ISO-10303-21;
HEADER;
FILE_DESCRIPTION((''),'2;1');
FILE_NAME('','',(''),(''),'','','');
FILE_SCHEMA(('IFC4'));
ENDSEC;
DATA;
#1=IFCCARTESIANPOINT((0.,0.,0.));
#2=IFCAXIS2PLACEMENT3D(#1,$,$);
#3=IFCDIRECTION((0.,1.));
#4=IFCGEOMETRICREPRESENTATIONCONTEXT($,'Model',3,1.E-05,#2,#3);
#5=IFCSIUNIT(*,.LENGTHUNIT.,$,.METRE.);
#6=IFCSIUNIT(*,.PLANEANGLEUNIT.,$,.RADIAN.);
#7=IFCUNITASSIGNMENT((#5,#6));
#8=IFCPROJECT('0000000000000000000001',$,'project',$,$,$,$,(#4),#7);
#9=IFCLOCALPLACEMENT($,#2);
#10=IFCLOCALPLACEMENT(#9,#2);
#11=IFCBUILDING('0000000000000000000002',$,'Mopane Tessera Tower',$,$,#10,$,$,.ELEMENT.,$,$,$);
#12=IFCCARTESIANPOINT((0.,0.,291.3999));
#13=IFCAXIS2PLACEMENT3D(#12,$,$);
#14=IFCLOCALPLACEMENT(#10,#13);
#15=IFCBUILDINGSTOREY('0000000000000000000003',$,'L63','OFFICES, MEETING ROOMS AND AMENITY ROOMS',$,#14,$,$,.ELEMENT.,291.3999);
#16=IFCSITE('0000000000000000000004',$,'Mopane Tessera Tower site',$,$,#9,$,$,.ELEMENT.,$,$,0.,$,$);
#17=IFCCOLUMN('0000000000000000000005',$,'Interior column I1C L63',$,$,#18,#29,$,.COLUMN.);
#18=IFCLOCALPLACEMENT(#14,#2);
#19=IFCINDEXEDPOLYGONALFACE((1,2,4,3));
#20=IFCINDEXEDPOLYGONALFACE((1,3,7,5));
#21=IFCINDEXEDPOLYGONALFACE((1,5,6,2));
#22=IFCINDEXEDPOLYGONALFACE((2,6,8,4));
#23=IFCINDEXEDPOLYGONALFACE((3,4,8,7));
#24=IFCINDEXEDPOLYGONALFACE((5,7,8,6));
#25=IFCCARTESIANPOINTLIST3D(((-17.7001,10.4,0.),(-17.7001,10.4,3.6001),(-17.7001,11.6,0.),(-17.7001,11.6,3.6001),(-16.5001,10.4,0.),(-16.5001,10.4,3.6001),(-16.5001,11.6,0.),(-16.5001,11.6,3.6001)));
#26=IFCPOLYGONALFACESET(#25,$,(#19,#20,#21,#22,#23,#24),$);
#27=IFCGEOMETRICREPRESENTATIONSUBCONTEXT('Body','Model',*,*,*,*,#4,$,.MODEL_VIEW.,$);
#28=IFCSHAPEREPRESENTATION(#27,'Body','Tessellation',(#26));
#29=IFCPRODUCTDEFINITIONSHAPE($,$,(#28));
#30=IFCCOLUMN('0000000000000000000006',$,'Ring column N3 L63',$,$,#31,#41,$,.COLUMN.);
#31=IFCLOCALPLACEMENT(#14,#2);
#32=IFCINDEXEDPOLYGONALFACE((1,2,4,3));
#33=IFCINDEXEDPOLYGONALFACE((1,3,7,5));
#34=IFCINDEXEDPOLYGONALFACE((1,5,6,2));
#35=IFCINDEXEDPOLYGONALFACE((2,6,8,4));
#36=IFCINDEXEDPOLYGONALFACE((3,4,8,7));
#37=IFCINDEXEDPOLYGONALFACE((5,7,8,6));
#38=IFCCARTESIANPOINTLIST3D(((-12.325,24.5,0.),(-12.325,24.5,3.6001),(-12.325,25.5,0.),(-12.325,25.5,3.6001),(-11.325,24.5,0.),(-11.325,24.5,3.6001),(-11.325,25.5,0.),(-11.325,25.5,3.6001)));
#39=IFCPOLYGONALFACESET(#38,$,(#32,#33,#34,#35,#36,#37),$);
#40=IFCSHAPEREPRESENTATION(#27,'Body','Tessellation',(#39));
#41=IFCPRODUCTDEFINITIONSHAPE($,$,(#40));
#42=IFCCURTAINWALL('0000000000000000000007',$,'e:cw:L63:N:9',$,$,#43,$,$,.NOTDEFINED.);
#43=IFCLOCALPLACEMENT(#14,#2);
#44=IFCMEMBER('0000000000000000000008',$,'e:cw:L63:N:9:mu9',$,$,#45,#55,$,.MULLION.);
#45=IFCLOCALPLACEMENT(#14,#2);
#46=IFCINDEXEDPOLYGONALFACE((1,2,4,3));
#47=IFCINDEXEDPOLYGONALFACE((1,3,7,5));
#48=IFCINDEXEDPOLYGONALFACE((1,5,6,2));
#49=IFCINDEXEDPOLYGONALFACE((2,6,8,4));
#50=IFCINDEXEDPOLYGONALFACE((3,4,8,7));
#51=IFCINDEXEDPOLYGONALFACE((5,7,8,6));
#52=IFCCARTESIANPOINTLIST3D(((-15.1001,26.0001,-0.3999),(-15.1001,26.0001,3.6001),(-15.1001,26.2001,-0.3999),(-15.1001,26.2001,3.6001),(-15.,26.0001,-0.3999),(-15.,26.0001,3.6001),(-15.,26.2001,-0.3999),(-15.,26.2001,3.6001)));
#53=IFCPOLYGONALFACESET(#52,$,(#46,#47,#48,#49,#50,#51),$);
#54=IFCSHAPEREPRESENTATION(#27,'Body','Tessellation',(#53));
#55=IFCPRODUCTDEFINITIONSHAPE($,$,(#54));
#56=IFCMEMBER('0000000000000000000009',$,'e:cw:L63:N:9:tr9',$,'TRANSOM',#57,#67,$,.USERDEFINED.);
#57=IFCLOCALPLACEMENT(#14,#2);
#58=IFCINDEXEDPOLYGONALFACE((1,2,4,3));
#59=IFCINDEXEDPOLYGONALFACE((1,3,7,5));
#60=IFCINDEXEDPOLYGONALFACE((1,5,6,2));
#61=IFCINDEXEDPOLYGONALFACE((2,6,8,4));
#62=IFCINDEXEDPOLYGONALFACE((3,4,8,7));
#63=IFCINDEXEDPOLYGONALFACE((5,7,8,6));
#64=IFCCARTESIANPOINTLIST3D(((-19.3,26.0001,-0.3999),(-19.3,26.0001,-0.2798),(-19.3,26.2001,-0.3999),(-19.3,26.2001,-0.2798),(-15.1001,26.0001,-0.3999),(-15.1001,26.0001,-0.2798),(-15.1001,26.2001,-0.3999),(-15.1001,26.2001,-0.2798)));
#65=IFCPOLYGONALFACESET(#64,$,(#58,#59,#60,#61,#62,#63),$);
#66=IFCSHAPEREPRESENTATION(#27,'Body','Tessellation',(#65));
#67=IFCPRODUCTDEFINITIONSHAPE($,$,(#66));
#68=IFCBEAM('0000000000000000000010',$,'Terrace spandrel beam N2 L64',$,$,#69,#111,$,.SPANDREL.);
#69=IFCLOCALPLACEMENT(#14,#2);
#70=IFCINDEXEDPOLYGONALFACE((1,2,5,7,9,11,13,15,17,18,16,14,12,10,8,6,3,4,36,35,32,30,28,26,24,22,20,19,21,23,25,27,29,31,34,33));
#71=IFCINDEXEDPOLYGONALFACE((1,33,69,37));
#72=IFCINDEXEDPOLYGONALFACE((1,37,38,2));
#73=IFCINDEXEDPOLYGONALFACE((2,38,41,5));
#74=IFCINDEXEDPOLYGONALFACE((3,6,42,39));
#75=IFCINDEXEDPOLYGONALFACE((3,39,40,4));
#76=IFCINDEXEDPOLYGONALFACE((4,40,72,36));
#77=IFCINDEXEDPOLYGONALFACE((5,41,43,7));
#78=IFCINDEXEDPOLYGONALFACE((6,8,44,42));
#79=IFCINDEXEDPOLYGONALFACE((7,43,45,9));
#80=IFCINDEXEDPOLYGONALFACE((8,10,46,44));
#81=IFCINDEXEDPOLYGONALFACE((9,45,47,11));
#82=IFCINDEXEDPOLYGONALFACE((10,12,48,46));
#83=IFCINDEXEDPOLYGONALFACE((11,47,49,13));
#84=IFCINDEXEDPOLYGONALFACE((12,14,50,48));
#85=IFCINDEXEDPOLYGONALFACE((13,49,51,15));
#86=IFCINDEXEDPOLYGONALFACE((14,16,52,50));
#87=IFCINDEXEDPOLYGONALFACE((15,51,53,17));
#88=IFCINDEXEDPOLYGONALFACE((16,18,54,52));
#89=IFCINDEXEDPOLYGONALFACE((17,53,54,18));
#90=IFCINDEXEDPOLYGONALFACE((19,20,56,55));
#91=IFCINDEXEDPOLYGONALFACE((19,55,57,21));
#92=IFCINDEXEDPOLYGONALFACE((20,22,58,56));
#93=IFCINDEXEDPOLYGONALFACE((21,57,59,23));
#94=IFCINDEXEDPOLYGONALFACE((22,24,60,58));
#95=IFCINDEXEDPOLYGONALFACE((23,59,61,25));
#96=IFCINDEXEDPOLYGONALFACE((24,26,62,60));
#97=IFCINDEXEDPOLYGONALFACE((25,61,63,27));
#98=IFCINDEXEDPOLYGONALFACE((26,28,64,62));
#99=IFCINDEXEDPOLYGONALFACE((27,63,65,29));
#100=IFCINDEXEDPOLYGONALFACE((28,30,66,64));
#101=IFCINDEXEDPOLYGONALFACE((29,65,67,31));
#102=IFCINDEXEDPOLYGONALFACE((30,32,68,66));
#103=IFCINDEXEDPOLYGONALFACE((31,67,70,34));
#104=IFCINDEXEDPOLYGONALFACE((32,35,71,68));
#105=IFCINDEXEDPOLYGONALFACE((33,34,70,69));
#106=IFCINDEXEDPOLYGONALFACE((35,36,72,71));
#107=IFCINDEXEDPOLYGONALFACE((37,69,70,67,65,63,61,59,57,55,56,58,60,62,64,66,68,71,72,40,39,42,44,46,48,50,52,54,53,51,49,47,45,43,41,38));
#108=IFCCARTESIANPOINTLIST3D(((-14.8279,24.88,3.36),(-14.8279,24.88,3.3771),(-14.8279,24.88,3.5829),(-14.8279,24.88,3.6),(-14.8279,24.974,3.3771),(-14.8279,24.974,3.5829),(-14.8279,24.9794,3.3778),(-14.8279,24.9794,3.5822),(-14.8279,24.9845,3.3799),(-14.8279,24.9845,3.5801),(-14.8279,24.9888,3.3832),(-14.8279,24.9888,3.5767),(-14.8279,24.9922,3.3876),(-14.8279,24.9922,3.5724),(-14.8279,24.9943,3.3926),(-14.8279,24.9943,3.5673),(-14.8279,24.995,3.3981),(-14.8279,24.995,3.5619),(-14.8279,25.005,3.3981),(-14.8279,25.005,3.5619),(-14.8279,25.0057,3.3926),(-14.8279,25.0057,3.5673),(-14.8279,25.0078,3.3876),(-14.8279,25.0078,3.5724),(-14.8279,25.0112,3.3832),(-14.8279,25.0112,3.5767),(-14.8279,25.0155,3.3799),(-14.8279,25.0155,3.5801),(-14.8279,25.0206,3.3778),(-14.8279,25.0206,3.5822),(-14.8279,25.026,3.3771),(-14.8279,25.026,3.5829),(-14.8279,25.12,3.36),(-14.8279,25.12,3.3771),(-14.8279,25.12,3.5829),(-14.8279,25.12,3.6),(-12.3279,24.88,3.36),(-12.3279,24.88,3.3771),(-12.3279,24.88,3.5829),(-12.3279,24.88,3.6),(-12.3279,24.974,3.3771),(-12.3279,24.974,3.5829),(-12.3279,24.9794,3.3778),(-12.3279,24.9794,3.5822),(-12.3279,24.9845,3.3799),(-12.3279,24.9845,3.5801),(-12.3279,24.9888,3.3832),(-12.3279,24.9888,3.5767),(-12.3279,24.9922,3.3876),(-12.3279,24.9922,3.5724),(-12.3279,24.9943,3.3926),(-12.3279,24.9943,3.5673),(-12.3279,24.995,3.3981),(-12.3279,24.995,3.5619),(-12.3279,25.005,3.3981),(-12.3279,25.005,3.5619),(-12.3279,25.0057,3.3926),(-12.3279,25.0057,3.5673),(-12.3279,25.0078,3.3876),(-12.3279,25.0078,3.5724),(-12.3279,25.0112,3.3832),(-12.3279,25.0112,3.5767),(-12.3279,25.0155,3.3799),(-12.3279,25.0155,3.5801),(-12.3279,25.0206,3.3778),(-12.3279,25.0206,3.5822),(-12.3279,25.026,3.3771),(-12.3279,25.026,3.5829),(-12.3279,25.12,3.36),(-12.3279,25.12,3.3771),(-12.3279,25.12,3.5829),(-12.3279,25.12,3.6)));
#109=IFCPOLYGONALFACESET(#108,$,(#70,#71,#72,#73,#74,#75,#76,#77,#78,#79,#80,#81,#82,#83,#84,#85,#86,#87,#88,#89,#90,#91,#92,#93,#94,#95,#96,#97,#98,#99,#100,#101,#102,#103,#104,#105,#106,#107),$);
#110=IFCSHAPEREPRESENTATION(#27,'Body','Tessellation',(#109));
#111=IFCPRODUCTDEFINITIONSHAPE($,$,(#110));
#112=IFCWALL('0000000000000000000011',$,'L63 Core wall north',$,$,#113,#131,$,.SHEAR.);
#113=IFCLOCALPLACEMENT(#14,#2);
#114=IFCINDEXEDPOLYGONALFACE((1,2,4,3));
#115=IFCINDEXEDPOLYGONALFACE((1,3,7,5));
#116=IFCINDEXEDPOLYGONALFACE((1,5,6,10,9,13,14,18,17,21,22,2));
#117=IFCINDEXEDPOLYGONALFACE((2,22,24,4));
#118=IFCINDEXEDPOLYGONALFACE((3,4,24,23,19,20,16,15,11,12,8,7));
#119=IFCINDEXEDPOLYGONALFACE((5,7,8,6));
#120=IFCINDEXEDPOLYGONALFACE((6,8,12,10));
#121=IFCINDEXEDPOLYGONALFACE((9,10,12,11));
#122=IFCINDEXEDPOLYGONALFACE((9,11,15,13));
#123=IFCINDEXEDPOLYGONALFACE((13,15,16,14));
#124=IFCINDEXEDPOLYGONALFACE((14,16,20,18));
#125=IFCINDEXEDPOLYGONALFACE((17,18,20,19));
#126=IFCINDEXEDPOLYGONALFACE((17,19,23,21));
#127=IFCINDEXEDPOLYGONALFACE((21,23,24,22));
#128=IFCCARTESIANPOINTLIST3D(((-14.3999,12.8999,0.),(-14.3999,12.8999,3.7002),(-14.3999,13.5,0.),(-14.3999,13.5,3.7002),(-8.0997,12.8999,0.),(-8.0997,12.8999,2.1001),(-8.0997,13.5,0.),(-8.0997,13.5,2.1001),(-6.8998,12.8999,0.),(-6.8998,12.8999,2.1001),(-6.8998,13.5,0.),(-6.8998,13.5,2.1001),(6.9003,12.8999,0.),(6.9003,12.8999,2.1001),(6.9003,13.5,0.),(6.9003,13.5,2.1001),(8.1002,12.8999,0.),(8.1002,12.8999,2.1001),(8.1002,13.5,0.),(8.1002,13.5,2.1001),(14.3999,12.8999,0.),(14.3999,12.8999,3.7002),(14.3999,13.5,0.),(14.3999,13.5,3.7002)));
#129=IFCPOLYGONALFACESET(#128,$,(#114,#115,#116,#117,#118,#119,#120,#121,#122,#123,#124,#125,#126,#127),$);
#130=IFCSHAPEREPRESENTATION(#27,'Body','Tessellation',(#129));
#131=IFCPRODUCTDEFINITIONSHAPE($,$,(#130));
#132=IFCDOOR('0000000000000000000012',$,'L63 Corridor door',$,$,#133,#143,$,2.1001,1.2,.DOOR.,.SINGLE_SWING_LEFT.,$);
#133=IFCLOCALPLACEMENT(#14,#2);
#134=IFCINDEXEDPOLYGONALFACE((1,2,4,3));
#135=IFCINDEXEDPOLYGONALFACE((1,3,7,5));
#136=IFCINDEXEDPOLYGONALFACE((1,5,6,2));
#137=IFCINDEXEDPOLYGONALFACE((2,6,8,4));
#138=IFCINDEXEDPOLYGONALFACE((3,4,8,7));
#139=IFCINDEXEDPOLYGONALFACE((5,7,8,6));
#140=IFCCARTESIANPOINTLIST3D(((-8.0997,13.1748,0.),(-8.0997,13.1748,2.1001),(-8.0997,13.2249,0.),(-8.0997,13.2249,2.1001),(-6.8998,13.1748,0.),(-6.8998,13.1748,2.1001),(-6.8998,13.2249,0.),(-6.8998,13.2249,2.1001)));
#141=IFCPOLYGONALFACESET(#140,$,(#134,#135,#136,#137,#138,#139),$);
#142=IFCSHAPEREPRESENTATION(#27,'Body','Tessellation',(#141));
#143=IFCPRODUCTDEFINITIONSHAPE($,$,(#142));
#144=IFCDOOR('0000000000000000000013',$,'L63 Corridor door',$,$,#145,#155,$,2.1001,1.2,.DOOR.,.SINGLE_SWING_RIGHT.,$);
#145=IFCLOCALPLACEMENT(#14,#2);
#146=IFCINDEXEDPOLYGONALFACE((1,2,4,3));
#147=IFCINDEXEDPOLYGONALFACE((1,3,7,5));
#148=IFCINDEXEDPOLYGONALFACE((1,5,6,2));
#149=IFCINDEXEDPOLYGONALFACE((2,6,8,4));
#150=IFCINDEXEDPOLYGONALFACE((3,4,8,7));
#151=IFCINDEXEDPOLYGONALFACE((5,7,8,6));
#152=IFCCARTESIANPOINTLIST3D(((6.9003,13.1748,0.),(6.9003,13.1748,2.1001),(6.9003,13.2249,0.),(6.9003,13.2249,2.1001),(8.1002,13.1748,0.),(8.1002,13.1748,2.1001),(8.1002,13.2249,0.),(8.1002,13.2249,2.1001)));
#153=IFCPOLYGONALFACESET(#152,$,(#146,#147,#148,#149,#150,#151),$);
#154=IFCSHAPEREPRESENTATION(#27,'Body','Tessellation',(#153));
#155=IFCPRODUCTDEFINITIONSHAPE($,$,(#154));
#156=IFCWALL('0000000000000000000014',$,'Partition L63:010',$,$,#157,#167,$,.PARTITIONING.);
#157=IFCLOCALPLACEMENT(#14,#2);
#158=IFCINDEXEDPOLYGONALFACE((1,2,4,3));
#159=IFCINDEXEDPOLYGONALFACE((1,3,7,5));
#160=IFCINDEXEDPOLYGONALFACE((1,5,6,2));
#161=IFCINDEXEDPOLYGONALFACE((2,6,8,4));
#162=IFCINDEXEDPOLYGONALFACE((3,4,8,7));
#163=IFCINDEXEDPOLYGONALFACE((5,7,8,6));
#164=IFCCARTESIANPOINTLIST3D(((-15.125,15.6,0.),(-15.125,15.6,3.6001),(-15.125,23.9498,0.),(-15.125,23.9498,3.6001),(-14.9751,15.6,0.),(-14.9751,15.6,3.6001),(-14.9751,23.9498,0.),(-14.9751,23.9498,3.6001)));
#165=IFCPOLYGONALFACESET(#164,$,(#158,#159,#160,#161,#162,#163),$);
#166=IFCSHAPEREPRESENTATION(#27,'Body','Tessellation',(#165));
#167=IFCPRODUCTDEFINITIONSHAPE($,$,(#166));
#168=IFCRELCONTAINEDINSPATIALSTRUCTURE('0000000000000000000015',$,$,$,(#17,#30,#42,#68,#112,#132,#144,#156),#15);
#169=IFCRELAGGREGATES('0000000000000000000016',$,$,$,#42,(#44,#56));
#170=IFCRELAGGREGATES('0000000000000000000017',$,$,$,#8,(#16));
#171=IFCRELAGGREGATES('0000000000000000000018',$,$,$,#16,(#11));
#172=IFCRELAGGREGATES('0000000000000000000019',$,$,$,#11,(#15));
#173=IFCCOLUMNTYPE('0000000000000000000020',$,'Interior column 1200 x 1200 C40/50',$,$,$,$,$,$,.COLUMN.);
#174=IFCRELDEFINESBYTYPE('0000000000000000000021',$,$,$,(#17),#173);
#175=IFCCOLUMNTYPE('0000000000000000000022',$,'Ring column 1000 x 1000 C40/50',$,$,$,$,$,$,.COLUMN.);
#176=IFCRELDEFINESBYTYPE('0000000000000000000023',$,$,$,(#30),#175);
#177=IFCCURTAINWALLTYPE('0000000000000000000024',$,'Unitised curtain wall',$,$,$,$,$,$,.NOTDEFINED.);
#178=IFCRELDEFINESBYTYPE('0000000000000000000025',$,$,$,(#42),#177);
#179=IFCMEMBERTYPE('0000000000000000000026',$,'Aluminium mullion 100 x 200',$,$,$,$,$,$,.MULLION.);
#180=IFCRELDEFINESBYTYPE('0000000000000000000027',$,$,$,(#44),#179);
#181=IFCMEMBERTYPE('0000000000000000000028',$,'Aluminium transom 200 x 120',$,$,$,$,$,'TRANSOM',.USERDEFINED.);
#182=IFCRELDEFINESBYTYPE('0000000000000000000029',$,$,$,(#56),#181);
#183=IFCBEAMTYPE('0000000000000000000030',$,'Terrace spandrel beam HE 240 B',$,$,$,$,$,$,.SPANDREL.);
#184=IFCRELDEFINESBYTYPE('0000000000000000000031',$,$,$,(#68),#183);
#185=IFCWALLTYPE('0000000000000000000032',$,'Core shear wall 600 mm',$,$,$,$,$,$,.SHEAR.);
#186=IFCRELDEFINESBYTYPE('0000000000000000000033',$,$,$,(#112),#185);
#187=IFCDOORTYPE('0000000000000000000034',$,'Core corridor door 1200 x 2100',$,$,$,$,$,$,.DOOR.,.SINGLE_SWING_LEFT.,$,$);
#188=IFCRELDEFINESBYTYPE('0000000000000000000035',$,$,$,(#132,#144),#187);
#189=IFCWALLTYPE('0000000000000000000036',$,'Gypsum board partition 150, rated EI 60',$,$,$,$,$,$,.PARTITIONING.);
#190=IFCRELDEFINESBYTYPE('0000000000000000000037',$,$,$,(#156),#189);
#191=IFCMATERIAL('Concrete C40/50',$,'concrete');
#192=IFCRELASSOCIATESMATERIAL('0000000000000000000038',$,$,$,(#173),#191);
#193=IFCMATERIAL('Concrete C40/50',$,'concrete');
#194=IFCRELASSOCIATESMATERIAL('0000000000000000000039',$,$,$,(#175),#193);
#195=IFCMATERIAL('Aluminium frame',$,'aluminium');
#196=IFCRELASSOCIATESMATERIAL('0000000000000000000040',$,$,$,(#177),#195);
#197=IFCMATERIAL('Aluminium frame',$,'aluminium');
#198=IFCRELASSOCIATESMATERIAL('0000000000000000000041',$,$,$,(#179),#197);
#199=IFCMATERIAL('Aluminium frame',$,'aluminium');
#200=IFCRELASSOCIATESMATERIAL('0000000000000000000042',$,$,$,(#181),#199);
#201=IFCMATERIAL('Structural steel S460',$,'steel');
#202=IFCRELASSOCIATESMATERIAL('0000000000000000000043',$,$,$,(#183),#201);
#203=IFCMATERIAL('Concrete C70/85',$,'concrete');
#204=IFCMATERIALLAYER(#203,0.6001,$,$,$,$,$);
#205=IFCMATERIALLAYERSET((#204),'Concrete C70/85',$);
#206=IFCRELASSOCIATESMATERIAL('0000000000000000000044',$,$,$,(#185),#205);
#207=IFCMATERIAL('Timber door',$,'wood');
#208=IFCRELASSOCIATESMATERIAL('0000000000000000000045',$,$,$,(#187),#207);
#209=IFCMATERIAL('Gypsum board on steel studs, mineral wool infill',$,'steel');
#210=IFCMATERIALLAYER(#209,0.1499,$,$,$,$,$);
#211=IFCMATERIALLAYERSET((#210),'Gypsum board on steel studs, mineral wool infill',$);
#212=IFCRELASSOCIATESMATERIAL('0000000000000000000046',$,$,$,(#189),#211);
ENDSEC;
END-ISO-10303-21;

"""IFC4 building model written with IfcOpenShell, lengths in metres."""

from ifc_helpers import new_model, si_unit, direction, frame, frame_2d, origin, origin_2d, place, context, subcontext, project, spatial, rectangle, i_section, extrude, material, layer, layer_set, material_profile, profile_set, type_object, element, fill, aggregate, save


model = new_model("IFC4")

# Units and contexts
model_context = context("Model", 3, precision=1e-05, world=origin(), true_north=direction((0.0, 1.0)))
body_context = subcontext(model_context, "Body", "Model", "MODEL_VIEW")
ifc_project = project(units=[si_unit("LENGTHUNIT", "METRE"), si_unit("PLANEANGLEUNIT", "RADIAN")], contexts=[model_context])

# Site, building, storey
site_placement = place(None, origin())
site = spatial("IfcSite", under=ifc_project, at=site_placement, Name="Mopane Tessera Tower site", CompositionType="ELEMENT", RefElevation=0.0)
building_placement = place(site_placement, origin())
building = spatial("IfcBuilding", under=site, at=building_placement, Name="Mopane Tessera Tower", CompositionType="ELEMENT")
storey_placement = place(building_placement, frame((0.0, 0.0, 291.3999)))
storey = spatial("IfcBuildingStorey", under=building, at=storey_placement, Name="L63", Description="OFFICES, MEETING ROOMS AND AMENITY ROOMS", CompositionType="ELEMENT", Elevation=291.3999)

# Columns
ifc_material_1 = material(Name="Concrete C40/50", Category="concrete")
ifc_material_profile_1 = material_profile(ifc_material_1, rectangle(XDim=1.2, YDim=1.2, at=origin_2d()))
ifc_profile_set_1 = profile_set([ifc_material_profile_1], Name="Concrete C40/50")
column_type_1 = type_object("IfcColumnType", Name="Interior column 1200 x 1200 C40/50", PredefinedType="COLUMN", material=ifc_profile_set_1)
column_1_placement = place(storey_placement, frame((-17.1001, 11.0, 0.0), z_axis=(0.0, 0.0, 1.0), x_axis=(1.0, 0.0, 0.0)))
element("IfcColumn", 1, at=column_1_placement, inside=storey, type_object=column_type_1, Name="Interior column I1C L63", PredefinedType="COLUMN", context=body_context, shape_type="SweptSolid", body=[
    extrude(rectangle(XDim=1.2, YDim=1.2, at=origin_2d()), origin(), (0.0, 0.0, 1.0), 3.6001),
])
ifc_material_2 = material(Name="Concrete C40/50", Category="concrete")
ifc_material_profile_2 = material_profile(ifc_material_2, rectangle(XDim=1.0, YDim=1.0, at=origin_2d()))
ifc_profile_set_2 = profile_set([ifc_material_profile_2], Name="Concrete C40/50")
column_type_2 = type_object("IfcColumnType", Name="Ring column 1000 x 1000 C40/50", PredefinedType="COLUMN", material=ifc_profile_set_2)
column_2_placement = place(storey_placement, frame((-11.825, 25.0, 0.0), z_axis=(0.0, 0.0, 1.0), x_axis=(1.0, 0.0, 0.0)))
element("IfcColumn", 2, at=column_2_placement, inside=storey, type_object=column_type_2, Name="Ring column N3 L63", PredefinedType="COLUMN", context=body_context, shape_type="SweptSolid", body=[
    extrude(rectangle(XDim=1.0, YDim=1.0, at=origin_2d()), origin(), (0.0, 0.0, 1.0), 3.6001),
])

# Curtain wall, members
ifc_material_3 = material(Name="Aluminium frame", Category="aluminium")
curtain_wall_type = type_object("IfcCurtainWallType", Name="Unitised curtain wall", PredefinedType="NOTDEFINED", material=ifc_material_3)
curtain_wall_placement = place(storey_placement, origin())
curtain_wall = element("IfcCurtainWall", 3, at=curtain_wall_placement, inside=storey, type_object=curtain_wall_type, Name="e:cw:L63:N:9", PredefinedType="NOTDEFINED")
ifc_material_4 = material(Name="Aluminium frame", Category="aluminium")
ifc_material_profile_3 = material_profile(ifc_material_4, rectangle(XDim=0.1001, YDim=0.2, at=origin_2d()))
ifc_profile_set_3 = profile_set([ifc_material_profile_3], Name="Aluminium frame")
member_type_1 = type_object("IfcMemberType", Name="Aluminium mullion 100 x 200", PredefinedType="MULLION", material=ifc_profile_set_3)
member_1_placement = place(storey_placement, frame((-15.05, 26.1001, -0.3999), z_axis=(0.0, 0.0, 1.0), x_axis=(-1.0, 0.0, 0.0)))
member_1 = element("IfcMember", 4, at=member_1_placement, type_object=member_type_1, Name="e:cw:L63:N:9:mu9", PredefinedType="MULLION", context=body_context, shape_type="SweptSolid", body=[
    extrude(rectangle(XDim=0.1001, YDim=0.2, at=origin_2d()), origin(), (0.0, 0.0, 1.0), 4.0),
])
ifc_material_5 = material(Name="Aluminium frame", Category="aluminium")
ifc_material_profile_4 = material_profile(ifc_material_5, rectangle(XDim=0.2, YDim=0.1201, at=origin_2d()))
ifc_profile_set_4 = profile_set([ifc_material_profile_4], Name="Aluminium frame")
member_type_2 = type_object("IfcMemberType", Name="Aluminium transom 200 x 120", ElementType="TRANSOM", PredefinedType="USERDEFINED", material=ifc_profile_set_4)
member_2_placement = place(storey_placement, frame((-15.1001, 26.1001, -0.3398), z_axis=(-1.0, 0.0, 0.0), x_axis=(0.0, -1.0, 0.0)))
member_2 = element("IfcMember", 5, at=member_2_placement, type_object=member_type_2, Name="e:cw:L63:N:9:tr9", ObjectType="TRANSOM", PredefinedType="USERDEFINED", context=body_context, shape_type="SweptSolid", body=[
    extrude(rectangle(XDim=0.2, YDim=0.1201, at=origin_2d()), origin(), (0.0, 0.0, 1.0), 4.2),
])
aggregate(curtain_wall, [member_1, member_2])

# Beam
ifc_material_6 = material(Name="Structural steel S460", Category="steel")
ifc_material_profile_5 = material_profile(ifc_material_6, i_section(OverallWidth=0.24, OverallDepth=0.24, WebThickness=0.01, FlangeThickness=0.0171, FilletRadius=0.021, at=origin_2d()))
ifc_profile_set_5 = profile_set([ifc_material_profile_5], Name="Structural steel S460")
beam_type = type_object("IfcBeamType", Name="Terrace spandrel beam HE 240 B", PredefinedType="SPANDREL", material=ifc_profile_set_5)
beam_placement = place(storey_placement, frame((-12.3279, 25.0, 3.48), z_axis=(-1.0, 0.0, 0.0), x_axis=(0.0, -1.0, 0.0)))
element("IfcBeam", 6, at=beam_placement, inside=storey, type_object=beam_type, Name="Terrace spandrel beam N2 L64", PredefinedType="SPANDREL", context=body_context, shape_type="SweptSolid", body=[
    extrude(i_section(OverallWidth=0.24, OverallDepth=0.24, WebThickness=0.01, FlangeThickness=0.0171, FilletRadius=0.021, at=origin_2d()), origin(), (0.0, 0.0, 1.0), 2.5),
])

# Wall, openings, doors
ifc_material_7 = material(Name="Concrete C70/85", Category="concrete")
ifc_layer_1 = layer(ifc_material_7, 0.6001)
ifc_layer_set_1 = layer_set([ifc_layer_1], Name="Concrete C70/85")
wall_type_1 = type_object("IfcWallType", Name="Core shear wall 600 mm", PredefinedType="SHEAR", material=ifc_layer_set_1)
wall_1_placement = place(storey_placement, frame((-14.3999, 13.2, 0.0), z_axis=(0.0, 0.0, 1.0), x_axis=(1.0, 0.0, 0.0)))
wall_1 = element("IfcWall", 7, at=wall_1_placement, inside=storey, type_object=wall_type_1, Name="L63 Core wall north", PredefinedType="SHEAR", context=body_context, shape_type="SweptSolid", body=[
    extrude(rectangle(XDim=28.7998, YDim=0.6001, at=frame_2d((14.3999, 0.0))), origin(), (0.0, 0.0, 1.0), 3.7002),
])
opening_1_placement = place(wall_1_placement, frame((6.3, 0.0, 0.0)))
opening_1 = element("IfcOpeningElement", 8, at=opening_1_placement, cuts=wall_1, PredefinedType="OPENING", context=body_context, shape_type="SweptSolid", body=[
    extrude(rectangle(XDim=1.2, YDim=2.1001, at=frame_2d((0.6001, 1.05))), frame((0.0, 0.312, 0.0), z_axis=(0.0, -1.0, 0.0), x_axis=(1.0, 0.0, 0.0)), (0.0, 0.0, 1.0), 0.624),
])
opening_2_placement = place(wall_1_placement, frame((21.3, 0.0, 0.0)))
opening_2 = element("IfcOpeningElement", 9, at=opening_2_placement, cuts=wall_1, PredefinedType="OPENING", context=body_context, shape_type="SweptSolid", body=[
    extrude(rectangle(XDim=1.2, YDim=2.1001, at=frame_2d((0.6001, 1.05))), frame((0.0, 0.312, 0.0), z_axis=(0.0, -1.0, 0.0), x_axis=(1.0, 0.0, 0.0)), (0.0, 0.0, 1.0), 0.624),
])
ifc_material_8 = material(Name="Timber door", Category="wood")
door_type = type_object("IfcDoorType", Name="Core corridor door 1200 x 2100", OperationType="SINGLE_SWING_LEFT", PredefinedType="DOOR", material=ifc_material_8)
door_1_placement = place(opening_1_placement, origin())
door_1 = element("IfcDoor", 10, at=door_1_placement, inside=storey, type_object=door_type, Name="L63 Corridor door", OperationType="SINGLE_SWING_LEFT", OverallHeight=2.1001, OverallWidth=1.2, PredefinedType="DOOR", context=body_context, shape_type="SweptSolid", body=[
    extrude(rectangle(XDim=1.2, YDim=2.1001, at=frame_2d((0.6001, 1.05))), frame((0.0, 0.0249, 0.0), z_axis=(0.0, -1.0, 0.0), x_axis=(1.0, 0.0, 0.0)), (0.0, 0.0, 1.0), 0.05),
])
fill(opening_1, door_1)
door_2_placement = place(opening_2_placement, origin())
door_2 = element("IfcDoor", 11, at=door_2_placement, inside=storey, type_object=door_type, Name="L63 Corridor door", OperationType="SINGLE_SWING_RIGHT", OverallHeight=2.1001, OverallWidth=1.2, PredefinedType="DOOR", context=body_context, shape_type="SweptSolid", body=[
    extrude(rectangle(XDim=1.2, YDim=2.1001, at=frame_2d((0.6001, 1.05))), frame((0.0, 0.0249, 0.0), z_axis=(0.0, -1.0, 0.0), x_axis=(1.0, 0.0, 0.0)), (0.0, 0.0, 1.0), 0.05),
])
fill(opening_2, door_2)

# Wall
ifc_material_9 = material(Name="Gypsum board on steel studs, mineral wool infill", Category="steel")
ifc_layer_2 = layer(ifc_material_9, 0.1499)
ifc_layer_set_2 = layer_set([ifc_layer_2], Name="Gypsum board on steel studs, mineral wool infill")
wall_type_2 = type_object("IfcWallType", Name="Gypsum board partition 150, rated EI 60", PredefinedType="PARTITIONING", material=ifc_layer_set_2)
wall_2_placement = place(storey_placement, frame((-15.05, 15.6001, 0.0), z_axis=(0.0, 0.0, 1.0), x_axis=(0.0, 1.0, 0.0)))
element("IfcWall", 12, at=wall_2_placement, inside=storey, type_object=wall_type_2, Name="Partition L63:010", PredefinedType="PARTITIONING", context=body_context, shape_type="SweptSolid", body=[
    extrude(rectangle(XDim=8.3499, YDim=0.1499, at=frame_2d((4.1748, 0.0))), origin(), (0.0, 0.0, 1.0), 3.6001),
])

save(model, "model.ifc")
